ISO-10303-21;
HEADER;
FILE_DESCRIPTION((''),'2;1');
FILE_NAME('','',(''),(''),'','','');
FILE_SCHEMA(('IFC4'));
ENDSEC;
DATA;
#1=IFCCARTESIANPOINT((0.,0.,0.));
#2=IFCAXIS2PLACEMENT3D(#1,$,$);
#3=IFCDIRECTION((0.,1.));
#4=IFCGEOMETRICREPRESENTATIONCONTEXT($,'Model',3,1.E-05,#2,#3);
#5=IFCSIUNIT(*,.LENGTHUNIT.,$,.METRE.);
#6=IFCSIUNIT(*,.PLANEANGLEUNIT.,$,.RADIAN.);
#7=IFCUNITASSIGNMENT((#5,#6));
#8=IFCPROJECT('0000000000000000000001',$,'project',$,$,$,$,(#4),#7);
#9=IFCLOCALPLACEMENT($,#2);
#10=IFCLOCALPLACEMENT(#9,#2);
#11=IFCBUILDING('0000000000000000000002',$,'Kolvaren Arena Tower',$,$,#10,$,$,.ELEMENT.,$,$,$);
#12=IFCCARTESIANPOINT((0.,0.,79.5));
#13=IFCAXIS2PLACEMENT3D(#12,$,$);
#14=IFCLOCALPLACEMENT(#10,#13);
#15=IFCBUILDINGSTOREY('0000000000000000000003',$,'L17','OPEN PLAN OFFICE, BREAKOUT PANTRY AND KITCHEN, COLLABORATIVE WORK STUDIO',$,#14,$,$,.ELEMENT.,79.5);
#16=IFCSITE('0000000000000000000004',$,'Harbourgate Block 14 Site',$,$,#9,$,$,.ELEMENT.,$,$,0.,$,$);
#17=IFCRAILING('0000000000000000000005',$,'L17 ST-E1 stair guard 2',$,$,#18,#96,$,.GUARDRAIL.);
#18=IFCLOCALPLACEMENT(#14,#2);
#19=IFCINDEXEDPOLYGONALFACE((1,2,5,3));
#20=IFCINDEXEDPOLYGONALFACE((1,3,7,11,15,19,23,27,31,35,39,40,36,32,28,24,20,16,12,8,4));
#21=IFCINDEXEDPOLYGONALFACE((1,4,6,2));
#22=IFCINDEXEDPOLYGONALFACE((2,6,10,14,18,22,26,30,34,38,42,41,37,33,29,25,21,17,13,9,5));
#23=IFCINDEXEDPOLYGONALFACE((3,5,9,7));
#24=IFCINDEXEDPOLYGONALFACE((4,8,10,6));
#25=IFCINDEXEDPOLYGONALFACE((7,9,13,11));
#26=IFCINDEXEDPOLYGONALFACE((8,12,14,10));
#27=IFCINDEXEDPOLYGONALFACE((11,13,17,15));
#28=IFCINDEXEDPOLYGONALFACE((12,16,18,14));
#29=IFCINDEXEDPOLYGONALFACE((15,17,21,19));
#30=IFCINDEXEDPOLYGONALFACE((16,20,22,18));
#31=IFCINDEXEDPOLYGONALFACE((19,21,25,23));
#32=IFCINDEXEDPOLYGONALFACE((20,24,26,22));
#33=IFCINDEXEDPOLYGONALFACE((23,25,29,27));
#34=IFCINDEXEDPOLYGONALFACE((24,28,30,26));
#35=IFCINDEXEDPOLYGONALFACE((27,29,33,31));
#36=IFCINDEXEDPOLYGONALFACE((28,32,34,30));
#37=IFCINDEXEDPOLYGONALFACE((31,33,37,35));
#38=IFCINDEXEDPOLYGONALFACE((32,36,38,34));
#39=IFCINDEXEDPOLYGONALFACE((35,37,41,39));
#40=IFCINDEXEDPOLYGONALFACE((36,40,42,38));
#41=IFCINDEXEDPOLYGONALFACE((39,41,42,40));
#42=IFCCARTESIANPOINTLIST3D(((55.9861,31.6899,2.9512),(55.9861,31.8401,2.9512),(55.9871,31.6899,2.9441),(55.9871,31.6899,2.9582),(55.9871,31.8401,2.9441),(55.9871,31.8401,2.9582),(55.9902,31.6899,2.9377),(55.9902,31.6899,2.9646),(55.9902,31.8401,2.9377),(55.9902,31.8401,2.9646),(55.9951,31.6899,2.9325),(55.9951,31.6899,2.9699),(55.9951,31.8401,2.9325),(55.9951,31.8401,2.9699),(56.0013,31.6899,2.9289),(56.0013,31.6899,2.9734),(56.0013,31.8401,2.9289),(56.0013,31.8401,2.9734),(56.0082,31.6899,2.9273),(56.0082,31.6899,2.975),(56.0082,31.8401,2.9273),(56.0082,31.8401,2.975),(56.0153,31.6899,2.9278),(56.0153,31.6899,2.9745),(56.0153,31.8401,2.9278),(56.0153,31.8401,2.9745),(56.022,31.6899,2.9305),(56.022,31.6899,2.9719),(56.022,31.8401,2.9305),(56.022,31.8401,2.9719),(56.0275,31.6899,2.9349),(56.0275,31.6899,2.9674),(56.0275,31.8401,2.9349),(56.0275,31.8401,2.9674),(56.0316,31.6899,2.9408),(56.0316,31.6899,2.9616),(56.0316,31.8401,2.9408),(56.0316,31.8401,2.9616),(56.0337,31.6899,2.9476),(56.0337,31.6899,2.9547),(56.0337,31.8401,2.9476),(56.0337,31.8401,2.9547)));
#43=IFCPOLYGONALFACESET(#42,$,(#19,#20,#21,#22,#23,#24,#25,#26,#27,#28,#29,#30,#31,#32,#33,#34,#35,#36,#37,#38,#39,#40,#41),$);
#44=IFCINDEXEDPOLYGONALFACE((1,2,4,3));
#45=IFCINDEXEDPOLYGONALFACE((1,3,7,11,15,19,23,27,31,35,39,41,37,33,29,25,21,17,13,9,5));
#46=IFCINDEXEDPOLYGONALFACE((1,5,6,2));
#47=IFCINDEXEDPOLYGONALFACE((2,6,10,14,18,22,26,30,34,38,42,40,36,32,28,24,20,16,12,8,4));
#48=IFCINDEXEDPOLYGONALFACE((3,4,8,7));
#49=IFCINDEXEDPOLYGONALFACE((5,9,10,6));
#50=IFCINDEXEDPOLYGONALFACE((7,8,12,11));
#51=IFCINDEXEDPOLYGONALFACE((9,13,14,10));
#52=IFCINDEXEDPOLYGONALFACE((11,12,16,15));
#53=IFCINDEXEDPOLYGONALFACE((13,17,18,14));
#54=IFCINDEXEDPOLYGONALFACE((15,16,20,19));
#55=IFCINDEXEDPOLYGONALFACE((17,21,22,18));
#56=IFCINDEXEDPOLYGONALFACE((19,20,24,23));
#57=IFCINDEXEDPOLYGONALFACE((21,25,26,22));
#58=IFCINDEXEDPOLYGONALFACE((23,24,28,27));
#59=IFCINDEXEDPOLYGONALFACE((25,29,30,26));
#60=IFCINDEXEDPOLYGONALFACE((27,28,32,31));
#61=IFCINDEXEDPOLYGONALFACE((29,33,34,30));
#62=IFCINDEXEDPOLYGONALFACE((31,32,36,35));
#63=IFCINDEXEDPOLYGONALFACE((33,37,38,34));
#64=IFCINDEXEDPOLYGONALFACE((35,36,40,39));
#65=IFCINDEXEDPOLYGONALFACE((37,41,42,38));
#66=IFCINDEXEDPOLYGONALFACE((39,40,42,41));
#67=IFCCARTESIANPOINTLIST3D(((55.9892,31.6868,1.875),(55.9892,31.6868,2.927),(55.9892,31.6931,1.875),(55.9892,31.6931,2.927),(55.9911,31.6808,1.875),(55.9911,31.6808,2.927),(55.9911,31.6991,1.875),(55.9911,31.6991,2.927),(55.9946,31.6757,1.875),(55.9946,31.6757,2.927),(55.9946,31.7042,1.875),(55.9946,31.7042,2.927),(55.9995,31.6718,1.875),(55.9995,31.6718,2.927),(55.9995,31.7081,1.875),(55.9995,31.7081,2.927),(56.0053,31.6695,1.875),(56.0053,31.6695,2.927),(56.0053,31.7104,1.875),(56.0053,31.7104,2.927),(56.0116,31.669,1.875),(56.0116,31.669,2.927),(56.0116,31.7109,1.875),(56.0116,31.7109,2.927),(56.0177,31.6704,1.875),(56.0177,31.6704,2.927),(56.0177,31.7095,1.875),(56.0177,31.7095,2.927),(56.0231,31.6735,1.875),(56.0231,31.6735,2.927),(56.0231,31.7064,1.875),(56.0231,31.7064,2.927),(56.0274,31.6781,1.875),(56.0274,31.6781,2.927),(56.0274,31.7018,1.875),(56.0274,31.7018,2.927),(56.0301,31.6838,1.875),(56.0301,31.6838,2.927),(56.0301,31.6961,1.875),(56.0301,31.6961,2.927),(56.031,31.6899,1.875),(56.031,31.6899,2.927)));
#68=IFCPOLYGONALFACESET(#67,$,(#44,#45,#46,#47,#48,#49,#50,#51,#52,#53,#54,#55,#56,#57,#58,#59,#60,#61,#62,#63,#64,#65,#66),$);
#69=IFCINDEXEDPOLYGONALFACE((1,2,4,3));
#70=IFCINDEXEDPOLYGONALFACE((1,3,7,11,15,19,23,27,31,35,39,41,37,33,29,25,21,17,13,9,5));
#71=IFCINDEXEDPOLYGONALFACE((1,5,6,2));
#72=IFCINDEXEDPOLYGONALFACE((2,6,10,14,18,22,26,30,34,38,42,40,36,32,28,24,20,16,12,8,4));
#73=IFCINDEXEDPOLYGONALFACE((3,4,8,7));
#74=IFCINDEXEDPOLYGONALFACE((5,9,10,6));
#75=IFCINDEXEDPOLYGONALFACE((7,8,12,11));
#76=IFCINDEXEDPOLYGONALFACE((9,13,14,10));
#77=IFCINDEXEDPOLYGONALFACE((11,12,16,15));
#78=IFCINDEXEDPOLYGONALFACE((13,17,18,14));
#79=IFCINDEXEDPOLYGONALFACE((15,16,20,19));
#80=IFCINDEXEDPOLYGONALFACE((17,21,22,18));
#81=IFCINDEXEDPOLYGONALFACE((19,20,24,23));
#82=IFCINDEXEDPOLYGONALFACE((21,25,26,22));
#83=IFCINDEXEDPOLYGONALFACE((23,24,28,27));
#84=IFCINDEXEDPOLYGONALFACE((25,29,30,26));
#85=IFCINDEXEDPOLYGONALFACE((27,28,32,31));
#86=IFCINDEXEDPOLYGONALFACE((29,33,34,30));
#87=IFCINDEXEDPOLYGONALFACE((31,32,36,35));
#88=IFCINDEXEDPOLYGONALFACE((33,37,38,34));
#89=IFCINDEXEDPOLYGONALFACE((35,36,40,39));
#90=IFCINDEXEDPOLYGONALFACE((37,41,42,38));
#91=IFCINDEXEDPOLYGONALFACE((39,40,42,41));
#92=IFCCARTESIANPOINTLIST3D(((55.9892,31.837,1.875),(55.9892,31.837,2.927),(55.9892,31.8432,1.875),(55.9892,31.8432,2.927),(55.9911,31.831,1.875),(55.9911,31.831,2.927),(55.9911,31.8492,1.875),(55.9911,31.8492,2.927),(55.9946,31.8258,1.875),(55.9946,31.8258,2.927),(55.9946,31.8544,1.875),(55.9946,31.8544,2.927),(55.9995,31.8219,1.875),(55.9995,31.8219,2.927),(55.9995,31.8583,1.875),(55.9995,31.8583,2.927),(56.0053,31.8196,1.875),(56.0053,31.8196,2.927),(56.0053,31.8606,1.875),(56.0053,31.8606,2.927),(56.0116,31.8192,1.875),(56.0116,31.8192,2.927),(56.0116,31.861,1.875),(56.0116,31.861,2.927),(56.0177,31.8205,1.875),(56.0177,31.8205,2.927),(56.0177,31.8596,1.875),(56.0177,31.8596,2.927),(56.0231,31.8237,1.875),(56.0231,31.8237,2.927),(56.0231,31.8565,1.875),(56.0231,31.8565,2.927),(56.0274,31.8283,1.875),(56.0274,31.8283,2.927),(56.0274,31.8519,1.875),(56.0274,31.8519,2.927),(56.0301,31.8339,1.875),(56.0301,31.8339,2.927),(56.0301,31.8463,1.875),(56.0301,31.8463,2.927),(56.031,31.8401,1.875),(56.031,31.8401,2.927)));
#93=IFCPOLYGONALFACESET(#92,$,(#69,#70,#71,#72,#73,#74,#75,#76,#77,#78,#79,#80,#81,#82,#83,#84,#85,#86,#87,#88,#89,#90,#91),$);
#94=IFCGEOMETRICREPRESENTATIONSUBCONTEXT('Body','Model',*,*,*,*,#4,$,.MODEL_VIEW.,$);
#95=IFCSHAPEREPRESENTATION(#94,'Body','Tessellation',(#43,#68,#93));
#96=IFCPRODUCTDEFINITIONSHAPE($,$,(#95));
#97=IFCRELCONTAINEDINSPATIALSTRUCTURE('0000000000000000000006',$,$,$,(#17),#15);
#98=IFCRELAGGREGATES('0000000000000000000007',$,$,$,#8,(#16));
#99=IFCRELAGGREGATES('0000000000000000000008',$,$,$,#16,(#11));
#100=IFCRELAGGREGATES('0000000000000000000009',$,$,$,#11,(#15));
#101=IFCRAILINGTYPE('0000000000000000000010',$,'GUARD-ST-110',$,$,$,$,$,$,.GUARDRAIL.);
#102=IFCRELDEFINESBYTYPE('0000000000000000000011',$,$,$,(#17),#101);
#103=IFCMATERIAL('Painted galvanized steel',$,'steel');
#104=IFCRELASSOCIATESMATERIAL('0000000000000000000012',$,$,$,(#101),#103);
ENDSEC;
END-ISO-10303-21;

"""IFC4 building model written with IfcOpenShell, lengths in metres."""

from ifc_helpers import new_model, si_unit, direction, frame, origin, origin_2d, place, context, subcontext, project, spatial, circle, extrude, material, type_object, element, save


model = new_model("IFC4")

# Units and contexts
model_context = context("Model", 3, precision=1e-05, world=origin(), true_north=direction((0.0, 1.0)))
body_context = subcontext(model_context, "Body", "Model", "MODEL_VIEW")
ifc_project = project(units=[si_unit("LENGTHUNIT", "METRE"), si_unit("PLANEANGLEUNIT", "RADIAN")], contexts=[model_context])

# Site, building, storey
site_placement = place(None, origin())
site = spatial("IfcSite", under=ifc_project, at=site_placement, Name="Harbourgate Block 14 Site", CompositionType="ELEMENT", RefElevation=0.0)
building_placement = place(site_placement, origin())
building = spatial("IfcBuilding", under=site, at=building_placement, Name="Kolvaren Arena Tower", CompositionType="ELEMENT")
storey_placement = place(building_placement, frame((0.0, 0.0, 79.5)))
storey = spatial("IfcBuildingStorey", under=building, at=storey_placement, Name="L17", Description="OPEN PLAN OFFICE, BREAKOUT PANTRY AND KITCHEN, COLLABORATIVE WORK STUDIO", CompositionType="ELEMENT", Elevation=79.5)

# Railing
ifc_material_1 = material(Name="Painted galvanized steel", Category="steel")
railing_type_1 = type_object("IfcRailingType", Name="GUARD-ST-110", PredefinedType="GUARDRAIL", material=ifc_material_1)
railing_1_placement = place(storey_placement, frame((56.01, 31.6899, 1.875)))
element("IfcRailing", 1, at=railing_1_placement, inside=storey, type_object=railing_type_1, Name="L17 ST-E1 stair guard 2", PredefinedType="GUARDRAIL", context=body_context, shape_type="SweptSolid", body=[
    extrude(circle(Radius=0.0239, at=origin_2d()), frame((0.0, 0.0, 1.0762), z_axis=(0.0, 1.0, 0.0), x_axis=(-1.0, 0.0, 0.0)), (0.0, 0.0, 1.0), 0.1501),
    extrude(circle(Radius=0.021, at=origin_2d()), origin(), (0.0, 0.0, 1.0), 1.052),
    extrude(circle(Radius=0.021, at=origin_2d()), frame((0.0, 0.1501, 0.0)), (0.0, 0.0, 1.0), 1.052),
])

save(model, "model.ifc")
